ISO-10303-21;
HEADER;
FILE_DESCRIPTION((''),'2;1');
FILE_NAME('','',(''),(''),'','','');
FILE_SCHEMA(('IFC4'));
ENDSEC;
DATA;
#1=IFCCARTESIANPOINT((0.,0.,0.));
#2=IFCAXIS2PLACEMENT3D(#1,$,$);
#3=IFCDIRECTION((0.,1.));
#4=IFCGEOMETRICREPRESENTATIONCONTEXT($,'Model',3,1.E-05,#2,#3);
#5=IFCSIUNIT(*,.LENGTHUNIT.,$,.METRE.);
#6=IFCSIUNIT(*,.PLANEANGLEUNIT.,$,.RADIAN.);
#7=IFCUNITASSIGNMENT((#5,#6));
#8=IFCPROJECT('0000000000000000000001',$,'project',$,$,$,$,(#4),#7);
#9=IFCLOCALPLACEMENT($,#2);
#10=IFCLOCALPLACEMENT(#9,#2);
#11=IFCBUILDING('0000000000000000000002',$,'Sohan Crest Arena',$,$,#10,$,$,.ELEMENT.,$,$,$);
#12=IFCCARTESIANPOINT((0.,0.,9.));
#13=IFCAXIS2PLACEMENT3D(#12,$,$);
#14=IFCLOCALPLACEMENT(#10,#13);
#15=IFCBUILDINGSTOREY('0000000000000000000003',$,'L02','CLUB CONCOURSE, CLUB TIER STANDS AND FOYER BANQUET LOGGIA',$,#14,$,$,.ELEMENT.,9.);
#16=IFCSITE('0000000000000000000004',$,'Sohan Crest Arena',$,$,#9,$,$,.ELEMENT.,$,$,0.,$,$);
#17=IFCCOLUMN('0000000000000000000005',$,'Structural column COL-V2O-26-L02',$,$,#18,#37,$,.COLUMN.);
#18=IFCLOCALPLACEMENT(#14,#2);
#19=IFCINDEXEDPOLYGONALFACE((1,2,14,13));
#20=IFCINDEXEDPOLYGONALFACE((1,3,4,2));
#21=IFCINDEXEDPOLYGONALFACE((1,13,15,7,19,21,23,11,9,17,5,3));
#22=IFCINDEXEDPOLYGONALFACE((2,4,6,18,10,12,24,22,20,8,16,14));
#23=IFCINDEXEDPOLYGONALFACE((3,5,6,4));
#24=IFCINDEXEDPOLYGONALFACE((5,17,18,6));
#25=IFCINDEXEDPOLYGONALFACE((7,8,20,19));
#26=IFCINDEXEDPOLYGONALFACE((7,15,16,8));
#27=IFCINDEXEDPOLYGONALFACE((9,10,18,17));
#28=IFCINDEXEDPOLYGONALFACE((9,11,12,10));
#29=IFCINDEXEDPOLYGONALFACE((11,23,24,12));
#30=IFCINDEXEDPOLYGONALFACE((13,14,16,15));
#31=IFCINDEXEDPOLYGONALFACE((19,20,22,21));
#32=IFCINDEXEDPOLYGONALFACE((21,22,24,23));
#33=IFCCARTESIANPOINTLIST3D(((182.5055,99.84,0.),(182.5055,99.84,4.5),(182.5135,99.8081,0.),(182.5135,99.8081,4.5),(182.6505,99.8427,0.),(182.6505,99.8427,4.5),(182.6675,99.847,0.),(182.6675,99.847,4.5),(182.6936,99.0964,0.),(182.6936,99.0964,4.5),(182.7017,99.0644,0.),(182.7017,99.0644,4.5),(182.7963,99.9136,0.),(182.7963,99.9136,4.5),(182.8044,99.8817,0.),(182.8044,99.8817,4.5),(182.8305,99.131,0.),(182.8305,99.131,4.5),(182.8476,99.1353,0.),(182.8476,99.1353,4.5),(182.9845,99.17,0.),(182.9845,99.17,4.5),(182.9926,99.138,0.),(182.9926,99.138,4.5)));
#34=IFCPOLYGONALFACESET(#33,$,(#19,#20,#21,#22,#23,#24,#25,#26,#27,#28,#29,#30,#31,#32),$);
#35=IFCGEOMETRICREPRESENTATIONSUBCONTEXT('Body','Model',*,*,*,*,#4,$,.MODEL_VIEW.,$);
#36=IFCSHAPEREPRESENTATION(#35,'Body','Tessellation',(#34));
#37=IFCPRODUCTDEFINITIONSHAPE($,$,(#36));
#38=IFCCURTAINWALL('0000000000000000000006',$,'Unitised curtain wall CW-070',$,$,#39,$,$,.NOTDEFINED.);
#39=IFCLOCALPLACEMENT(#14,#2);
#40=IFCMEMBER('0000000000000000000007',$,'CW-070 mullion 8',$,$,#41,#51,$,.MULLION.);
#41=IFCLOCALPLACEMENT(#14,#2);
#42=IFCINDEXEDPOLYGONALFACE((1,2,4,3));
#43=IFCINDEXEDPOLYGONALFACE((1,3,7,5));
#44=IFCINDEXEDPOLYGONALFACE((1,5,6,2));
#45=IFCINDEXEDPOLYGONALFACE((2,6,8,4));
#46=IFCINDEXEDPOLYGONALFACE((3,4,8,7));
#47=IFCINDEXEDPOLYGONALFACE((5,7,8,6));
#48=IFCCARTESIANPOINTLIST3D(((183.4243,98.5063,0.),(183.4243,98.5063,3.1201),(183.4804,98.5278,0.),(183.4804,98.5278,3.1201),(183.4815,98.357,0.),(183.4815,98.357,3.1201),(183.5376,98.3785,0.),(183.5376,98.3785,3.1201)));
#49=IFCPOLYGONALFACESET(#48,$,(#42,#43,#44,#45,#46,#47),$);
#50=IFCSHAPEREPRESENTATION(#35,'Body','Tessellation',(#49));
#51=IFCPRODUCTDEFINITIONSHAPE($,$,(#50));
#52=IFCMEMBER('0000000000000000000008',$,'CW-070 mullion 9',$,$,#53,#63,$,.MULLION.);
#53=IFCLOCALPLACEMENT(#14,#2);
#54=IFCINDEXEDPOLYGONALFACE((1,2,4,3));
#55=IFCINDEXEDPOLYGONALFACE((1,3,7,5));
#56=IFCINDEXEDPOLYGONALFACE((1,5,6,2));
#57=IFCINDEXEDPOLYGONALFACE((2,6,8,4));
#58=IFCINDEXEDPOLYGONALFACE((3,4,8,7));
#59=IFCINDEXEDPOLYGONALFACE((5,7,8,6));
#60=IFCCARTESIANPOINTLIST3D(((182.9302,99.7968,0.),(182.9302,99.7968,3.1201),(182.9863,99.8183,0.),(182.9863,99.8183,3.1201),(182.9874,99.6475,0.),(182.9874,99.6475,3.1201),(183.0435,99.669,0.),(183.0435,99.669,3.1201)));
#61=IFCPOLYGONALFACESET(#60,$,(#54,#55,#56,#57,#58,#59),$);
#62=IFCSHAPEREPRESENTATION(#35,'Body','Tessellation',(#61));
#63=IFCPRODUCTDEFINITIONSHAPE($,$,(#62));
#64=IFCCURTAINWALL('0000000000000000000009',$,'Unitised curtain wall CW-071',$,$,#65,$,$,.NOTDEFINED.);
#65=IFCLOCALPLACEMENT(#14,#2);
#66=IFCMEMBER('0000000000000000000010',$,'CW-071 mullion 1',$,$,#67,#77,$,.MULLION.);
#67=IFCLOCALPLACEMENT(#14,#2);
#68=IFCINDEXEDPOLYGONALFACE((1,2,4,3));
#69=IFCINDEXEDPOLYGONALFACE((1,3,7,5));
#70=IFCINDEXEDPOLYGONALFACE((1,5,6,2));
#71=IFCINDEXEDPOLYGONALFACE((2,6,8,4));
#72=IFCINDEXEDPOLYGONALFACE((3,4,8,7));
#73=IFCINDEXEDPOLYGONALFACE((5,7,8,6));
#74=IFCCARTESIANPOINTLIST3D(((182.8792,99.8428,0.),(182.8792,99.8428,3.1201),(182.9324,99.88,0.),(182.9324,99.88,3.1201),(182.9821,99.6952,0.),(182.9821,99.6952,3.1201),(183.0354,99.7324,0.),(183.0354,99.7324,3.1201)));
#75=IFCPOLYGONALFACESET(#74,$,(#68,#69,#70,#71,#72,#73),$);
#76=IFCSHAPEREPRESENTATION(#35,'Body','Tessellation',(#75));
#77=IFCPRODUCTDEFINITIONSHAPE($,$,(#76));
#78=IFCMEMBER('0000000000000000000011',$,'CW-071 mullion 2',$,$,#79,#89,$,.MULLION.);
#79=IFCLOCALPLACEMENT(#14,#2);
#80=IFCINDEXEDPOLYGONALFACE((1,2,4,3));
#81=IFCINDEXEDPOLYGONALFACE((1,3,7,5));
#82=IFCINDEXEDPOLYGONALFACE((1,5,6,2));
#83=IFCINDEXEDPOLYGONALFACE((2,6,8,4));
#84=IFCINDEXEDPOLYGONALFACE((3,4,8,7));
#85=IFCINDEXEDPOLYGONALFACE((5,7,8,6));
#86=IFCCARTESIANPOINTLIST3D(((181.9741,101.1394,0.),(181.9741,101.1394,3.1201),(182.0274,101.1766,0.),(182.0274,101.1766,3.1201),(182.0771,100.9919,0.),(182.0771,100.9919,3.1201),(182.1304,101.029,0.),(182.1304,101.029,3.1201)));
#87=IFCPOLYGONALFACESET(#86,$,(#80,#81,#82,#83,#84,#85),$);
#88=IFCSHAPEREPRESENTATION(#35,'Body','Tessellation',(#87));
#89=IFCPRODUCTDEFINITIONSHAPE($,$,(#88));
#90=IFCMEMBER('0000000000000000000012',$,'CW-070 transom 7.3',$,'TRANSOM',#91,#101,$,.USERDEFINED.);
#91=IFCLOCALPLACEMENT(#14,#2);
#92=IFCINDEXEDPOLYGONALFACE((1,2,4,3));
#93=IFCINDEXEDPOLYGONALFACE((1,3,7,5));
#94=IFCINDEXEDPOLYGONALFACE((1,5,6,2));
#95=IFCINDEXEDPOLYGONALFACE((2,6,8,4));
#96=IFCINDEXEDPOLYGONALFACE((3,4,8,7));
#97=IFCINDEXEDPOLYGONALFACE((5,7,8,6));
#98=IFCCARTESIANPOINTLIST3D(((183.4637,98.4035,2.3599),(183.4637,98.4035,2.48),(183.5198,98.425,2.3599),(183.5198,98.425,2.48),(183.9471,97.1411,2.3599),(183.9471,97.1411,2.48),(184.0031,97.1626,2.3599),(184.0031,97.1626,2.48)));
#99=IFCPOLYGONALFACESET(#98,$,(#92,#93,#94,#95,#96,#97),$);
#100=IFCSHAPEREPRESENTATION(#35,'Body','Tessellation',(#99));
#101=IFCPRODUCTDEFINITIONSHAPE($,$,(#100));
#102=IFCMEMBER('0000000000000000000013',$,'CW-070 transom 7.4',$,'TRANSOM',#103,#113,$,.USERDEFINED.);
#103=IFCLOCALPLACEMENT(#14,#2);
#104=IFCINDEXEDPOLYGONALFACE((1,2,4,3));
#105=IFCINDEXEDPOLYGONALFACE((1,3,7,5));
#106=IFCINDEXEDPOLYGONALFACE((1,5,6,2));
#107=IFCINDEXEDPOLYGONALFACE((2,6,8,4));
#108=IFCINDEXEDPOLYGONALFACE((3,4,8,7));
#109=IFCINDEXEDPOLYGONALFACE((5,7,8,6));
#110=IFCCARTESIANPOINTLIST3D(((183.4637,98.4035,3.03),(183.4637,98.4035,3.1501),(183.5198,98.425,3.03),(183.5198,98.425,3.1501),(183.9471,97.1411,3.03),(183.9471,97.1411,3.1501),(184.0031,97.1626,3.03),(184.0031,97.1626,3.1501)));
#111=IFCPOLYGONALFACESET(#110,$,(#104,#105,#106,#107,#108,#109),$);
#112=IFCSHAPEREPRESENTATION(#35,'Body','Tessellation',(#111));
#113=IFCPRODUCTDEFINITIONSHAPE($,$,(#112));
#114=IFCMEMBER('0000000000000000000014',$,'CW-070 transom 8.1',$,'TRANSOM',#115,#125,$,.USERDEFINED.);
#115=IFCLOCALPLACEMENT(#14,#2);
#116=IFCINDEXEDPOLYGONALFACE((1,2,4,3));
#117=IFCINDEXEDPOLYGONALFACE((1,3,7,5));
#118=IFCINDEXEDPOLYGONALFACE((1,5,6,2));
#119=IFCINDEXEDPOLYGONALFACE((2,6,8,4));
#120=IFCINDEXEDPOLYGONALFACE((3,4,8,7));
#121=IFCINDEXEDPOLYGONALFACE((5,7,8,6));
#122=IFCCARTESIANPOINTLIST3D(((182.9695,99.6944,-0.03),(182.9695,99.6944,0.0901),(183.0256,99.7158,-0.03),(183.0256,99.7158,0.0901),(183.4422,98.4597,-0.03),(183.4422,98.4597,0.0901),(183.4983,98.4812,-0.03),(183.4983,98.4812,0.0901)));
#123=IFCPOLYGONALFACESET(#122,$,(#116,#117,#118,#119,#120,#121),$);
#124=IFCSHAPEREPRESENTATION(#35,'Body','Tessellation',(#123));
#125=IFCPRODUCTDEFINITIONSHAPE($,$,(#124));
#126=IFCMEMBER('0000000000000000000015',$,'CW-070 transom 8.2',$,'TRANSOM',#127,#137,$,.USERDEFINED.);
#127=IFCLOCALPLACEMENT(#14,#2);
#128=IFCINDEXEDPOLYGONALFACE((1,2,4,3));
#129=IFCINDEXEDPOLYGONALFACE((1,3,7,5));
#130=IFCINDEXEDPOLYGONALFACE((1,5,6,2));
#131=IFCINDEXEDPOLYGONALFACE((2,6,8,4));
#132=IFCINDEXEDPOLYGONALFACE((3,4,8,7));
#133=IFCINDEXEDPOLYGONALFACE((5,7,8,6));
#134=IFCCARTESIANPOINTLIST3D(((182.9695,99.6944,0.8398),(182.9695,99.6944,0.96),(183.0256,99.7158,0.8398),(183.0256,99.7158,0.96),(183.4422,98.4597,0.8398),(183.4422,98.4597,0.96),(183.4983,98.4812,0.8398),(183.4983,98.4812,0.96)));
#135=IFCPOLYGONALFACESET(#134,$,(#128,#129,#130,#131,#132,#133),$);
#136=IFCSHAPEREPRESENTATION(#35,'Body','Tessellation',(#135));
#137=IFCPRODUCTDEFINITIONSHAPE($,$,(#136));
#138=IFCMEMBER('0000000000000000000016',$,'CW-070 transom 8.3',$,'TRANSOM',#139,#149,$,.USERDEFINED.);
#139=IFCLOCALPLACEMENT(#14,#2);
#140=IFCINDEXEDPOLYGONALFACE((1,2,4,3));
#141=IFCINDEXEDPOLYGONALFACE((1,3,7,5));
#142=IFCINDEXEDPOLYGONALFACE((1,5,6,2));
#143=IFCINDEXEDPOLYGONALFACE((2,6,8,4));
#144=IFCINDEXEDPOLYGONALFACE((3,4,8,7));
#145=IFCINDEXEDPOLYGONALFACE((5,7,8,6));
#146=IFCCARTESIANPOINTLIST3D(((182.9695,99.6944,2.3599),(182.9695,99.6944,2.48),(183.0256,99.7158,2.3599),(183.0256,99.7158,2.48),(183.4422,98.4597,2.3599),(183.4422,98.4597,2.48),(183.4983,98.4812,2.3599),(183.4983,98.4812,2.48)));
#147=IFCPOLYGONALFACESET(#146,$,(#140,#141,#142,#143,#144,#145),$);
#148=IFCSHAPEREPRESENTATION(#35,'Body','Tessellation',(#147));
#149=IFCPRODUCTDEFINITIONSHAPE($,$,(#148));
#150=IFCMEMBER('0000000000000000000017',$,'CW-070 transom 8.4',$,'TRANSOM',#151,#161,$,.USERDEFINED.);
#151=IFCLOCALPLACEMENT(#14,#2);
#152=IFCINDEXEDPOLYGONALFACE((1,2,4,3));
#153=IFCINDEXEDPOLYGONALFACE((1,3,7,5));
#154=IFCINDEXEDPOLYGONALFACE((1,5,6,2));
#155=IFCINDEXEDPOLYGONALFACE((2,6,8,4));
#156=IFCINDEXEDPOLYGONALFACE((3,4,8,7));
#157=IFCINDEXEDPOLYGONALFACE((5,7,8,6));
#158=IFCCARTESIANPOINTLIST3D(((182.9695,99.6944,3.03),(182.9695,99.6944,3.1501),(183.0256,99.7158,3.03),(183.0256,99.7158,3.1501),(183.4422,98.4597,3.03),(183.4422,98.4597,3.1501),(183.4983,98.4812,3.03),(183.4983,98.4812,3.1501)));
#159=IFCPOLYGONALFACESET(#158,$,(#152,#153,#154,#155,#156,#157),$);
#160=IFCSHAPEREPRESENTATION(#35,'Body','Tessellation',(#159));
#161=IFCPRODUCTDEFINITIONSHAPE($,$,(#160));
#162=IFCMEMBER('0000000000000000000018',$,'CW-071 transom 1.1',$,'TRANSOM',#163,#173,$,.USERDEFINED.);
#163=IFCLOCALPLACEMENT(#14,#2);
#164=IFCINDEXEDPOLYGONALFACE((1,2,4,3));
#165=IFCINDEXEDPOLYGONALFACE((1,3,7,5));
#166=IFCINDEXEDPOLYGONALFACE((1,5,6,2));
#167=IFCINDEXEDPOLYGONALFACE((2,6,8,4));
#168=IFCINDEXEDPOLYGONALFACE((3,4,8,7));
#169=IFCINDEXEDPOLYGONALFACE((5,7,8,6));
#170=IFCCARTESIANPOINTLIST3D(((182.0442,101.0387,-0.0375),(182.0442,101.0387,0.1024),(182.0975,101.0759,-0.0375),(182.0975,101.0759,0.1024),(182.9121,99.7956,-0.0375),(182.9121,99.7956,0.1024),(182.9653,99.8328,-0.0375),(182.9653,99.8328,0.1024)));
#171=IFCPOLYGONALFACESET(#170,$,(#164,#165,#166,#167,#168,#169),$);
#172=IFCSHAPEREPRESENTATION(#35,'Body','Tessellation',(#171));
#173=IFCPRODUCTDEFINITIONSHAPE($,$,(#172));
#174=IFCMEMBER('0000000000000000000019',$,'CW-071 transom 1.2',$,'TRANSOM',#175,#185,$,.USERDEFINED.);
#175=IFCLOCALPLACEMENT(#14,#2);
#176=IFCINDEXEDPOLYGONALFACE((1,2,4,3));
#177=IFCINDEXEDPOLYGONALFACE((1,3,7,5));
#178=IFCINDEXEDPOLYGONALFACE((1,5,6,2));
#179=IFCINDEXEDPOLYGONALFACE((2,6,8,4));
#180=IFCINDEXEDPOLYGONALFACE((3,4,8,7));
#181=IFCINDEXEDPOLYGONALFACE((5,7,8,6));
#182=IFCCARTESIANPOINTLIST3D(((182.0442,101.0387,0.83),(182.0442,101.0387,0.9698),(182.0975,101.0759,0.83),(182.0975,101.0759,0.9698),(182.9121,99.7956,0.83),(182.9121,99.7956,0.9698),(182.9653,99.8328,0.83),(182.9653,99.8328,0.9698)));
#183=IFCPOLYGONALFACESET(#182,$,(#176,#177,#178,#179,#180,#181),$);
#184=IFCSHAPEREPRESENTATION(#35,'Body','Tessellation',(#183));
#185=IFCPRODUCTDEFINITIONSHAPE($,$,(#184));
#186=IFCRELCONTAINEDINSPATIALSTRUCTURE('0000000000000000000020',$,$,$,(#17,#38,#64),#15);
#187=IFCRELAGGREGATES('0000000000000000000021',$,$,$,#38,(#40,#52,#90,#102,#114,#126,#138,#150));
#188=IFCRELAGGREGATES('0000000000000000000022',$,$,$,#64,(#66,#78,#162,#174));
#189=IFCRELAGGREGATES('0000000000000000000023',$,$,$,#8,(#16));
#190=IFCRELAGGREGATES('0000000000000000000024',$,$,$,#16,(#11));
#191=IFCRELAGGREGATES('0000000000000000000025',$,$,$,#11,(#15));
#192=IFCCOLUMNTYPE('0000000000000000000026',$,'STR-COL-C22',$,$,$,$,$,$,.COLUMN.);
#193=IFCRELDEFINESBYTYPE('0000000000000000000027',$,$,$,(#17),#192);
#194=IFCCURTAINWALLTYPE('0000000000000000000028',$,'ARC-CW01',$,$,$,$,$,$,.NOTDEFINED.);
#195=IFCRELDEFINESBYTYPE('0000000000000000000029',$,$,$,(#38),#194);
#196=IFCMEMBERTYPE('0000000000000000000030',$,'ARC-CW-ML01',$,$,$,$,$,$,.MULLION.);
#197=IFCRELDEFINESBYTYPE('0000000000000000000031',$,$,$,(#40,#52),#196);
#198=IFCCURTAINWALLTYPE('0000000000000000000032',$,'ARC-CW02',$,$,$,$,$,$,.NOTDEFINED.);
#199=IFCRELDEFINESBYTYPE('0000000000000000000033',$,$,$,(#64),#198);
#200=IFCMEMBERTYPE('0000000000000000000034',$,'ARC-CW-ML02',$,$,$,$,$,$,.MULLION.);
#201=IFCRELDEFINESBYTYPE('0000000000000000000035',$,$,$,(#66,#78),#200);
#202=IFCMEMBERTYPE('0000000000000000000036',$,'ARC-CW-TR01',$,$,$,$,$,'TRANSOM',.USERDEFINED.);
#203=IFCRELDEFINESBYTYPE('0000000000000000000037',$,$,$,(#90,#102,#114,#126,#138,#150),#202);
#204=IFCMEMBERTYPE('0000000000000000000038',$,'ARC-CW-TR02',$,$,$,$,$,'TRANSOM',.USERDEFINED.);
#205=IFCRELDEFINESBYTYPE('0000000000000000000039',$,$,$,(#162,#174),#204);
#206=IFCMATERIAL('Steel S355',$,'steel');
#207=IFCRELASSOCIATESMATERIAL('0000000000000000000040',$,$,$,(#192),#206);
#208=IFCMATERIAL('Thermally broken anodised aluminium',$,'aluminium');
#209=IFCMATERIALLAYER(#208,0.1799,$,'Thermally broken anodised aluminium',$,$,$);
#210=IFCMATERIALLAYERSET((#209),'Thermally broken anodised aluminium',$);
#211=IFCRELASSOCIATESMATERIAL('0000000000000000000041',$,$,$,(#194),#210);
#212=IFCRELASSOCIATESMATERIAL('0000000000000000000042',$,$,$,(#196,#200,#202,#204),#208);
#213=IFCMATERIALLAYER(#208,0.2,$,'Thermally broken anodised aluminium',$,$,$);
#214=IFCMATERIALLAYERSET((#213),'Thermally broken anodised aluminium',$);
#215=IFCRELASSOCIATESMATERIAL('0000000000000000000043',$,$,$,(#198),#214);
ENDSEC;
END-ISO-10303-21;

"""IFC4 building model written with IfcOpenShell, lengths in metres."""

from ifc_helpers import new_model, si_unit, direction, frame, origin, origin_2d, place, context, subcontext, project, spatial, rectangle, i_section, extrude, material, layer, layer_set, material_profile, profile_set, type_object, element, aggregate, save


model = new_model("IFC4")

# Units and contexts
model_context = context("Model", 3, precision=1e-05, world=origin(), true_north=direction((0.0, 1.0)))
body_context = subcontext(model_context, "Body", "Model", "MODEL_VIEW")
ifc_project = project(units=[si_unit("LENGTHUNIT", "METRE"), si_unit("PLANEANGLEUNIT", "RADIAN")], contexts=[model_context])

# Site, building, storey
site_placement = place(None, origin())
site = spatial("IfcSite", under=ifc_project, at=site_placement, Name="Sohan Crest Arena", CompositionType="ELEMENT", RefElevation=0.0)
building_placement = place(site_placement, origin())
building = spatial("IfcBuilding", under=site, at=building_placement, Name="Sohan Crest Arena", CompositionType="ELEMENT")
storey_placement = place(building_placement, frame((0.0, 0.0, 9.0)))
storey = spatial("IfcBuildingStorey", under=building, at=storey_placement, Name="L02", Description="CLUB CONCOURSE, CLUB TIER STANDS AND FOYER BANQUET LOGGIA", CompositionType="ELEMENT", Elevation=9.0)

# Column
ifc_material_1 = material(Name="Steel S355", Category="steel")
ifc_material_profile_1 = material_profile(ifc_material_1, i_section(OverallWidth=0.3, OverallDepth=0.8, WebThickness=0.0176, FlangeThickness=0.033, at=origin_2d()), Name="HEB 800")
ifc_profile_set_1 = profile_set([ifc_material_profile_1], Name="Steel S355")
column_type = type_object("IfcColumnType", Name="STR-COL-C22", PredefinedType="COLUMN", material=ifc_profile_set_1)
column_placement = place(storey_placement, frame((182.749, 99.489, 0.0), z_axis=(0.0, 0.0, 1.0), x_axis=(0.969445, 0.245307, 0.0)))
element("IfcColumn", 1, at=column_placement, inside=storey, type_object=column_type, Name="Structural column COL-V2O-26-L02", PredefinedType="COLUMN", context=body_context, shape_type="SweptSolid", body=[
    extrude(i_section(OverallWidth=0.3, OverallDepth=0.8, WebThickness=0.0176, FlangeThickness=0.033, at=origin_2d()), origin(), (0.0, 0.0, 1.0), 4.5),
])

# Curtain walls, members
ifc_material_2 = material(Name="Thermally broken anodised aluminium", Category="aluminium")
ifc_layer_1 = layer(ifc_material_2, 0.1799, Name="Thermally broken anodised aluminium")
ifc_layer_set_1 = layer_set([ifc_layer_1], Name="Thermally broken anodised aluminium")
curtain_wall_type_1 = type_object("IfcCurtainWallType", Name="ARC-CW01", PredefinedType="NOTDEFINED", material=ifc_layer_set_1)
curtain_wall_1_placement = place(storey_placement, origin())
curtain_wall_1 = element("IfcCurtainWall", 2, at=curtain_wall_1_placement, inside=storey, type_object=curtain_wall_type_1, Name="Unitised curtain wall CW-070", PredefinedType="NOTDEFINED")
ifc_material_profile_2 = material_profile(ifc_material_2, rectangle(XDim=0.0601, YDim=0.1599, at=origin_2d()), Name="ALU-MULL 60x160")
ifc_profile_set_2 = profile_set([ifc_material_profile_2], Name="Thermally broken anodised aluminium")
member_type_1 = type_object("IfcMemberType", Name="ARC-CW-ML01", PredefinedType="MULLION", material=ifc_profile_set_2)
member_1_placement = place(storey_placement, frame((183.481, 98.4424, 0.0), z_axis=(0.0, 0.0, 1.0), x_axis=(-0.933888, -0.357567, 0.0)))
member_1 = element("IfcMember", 3, at=member_1_placement, type_object=member_type_1, Name="CW-070 mullion 8", PredefinedType="MULLION", context=body_context, shape_type="SweptSolid", body=[
    extrude(rectangle(XDim=0.0601, YDim=0.1599, at=origin_2d()), origin(), (0.0, 0.0, 1.0), 3.1201),
])
member_2_placement = place(storey_placement, frame((182.9868, 99.7329, 0.0), z_axis=(0.0, 0.0, 1.0), x_axis=(-0.933888, -0.357567, 0.0)))
member_2 = element("IfcMember", 4, at=member_2_placement, type_object=member_type_1, Name="CW-070 mullion 9", PredefinedType="MULLION", context=body_context, shape_type="SweptSolid", body=[
    extrude(rectangle(XDim=0.0601, YDim=0.1599, at=origin_2d()), origin(), (0.0, 0.0, 1.0), 3.1201),
])
ifc_layer_2 = layer(ifc_material_2, 0.2, Name="Thermally broken anodised aluminium")
ifc_layer_set_2 = layer_set([ifc_layer_2], Name="Thermally broken anodised aluminium")
curtain_wall_type_2 = type_object("IfcCurtainWallType", Name="ARC-CW02", PredefinedType="NOTDEFINED", material=ifc_layer_set_2)
curtain_wall_2_placement = place(storey_placement, origin())
curtain_wall_2 = element("IfcCurtainWall", 5, at=curtain_wall_2_placement, inside=storey, type_object=curtain_wall_type_2, Name="Unitised curtain wall CW-071", PredefinedType="NOTDEFINED")
ifc_material_profile_3 = material_profile(ifc_material_2, rectangle(XDim=0.0649, YDim=0.1799, at=origin_2d()), Name="ALU-MULL 65x180")
ifc_profile_set_3 = profile_set([ifc_material_profile_3], Name="Thermally broken anodised aluminium")
member_type_2 = type_object("IfcMemberType", Name="ARC-CW-ML02", PredefinedType="MULLION", material=ifc_profile_set_3)
member_3_placement = place(storey_placement, frame((182.9573, 99.7876, 0.0), z_axis=(0.0, 0.0, 1.0), x_axis=(-0.819955, -0.572428, 0.0)))
member_3 = element("IfcMember", 6, at=member_3_placement, type_object=member_type_2, Name="CW-071 mullion 1", PredefinedType="MULLION", context=body_context, shape_type="SweptSolid", body=[
    extrude(rectangle(XDim=0.0649, YDim=0.1799, at=origin_2d()), origin(), (0.0, 0.0, 1.0), 3.1201),
])
member_4_placement = place(storey_placement, frame((182.0522, 101.0842, 0.0), z_axis=(0.0, 0.0, 1.0), x_axis=(-0.819955, -0.572428, 0.0)))
member_4 = element("IfcMember", 7, at=member_4_placement, type_object=member_type_2, Name="CW-071 mullion 2", PredefinedType="MULLION", context=body_context, shape_type="SweptSolid", body=[
    extrude(rectangle(XDim=0.0649, YDim=0.1799, at=origin_2d()), origin(), (0.0, 0.0, 1.0), 3.1201),
])

# Members
ifc_material_profile_4 = material_profile(ifc_material_2, rectangle(XDim=0.0601, YDim=0.1201, at=origin_2d()), Name="ALU-TRAN 60x120")
ifc_profile_set_4 = profile_set([ifc_material_profile_4], Name="Thermally broken anodised aluminium")
member_type_3 = type_object("IfcMemberType", Name="ARC-CW-TR01", ElementType="TRANSOM", PredefinedType="USERDEFINED", material=ifc_profile_set_4)
member_5_placement = place(storey_placement, frame((183.9751, 97.1519, 2.4199), z_axis=(-0.357587, 0.93388, 0.0), x_axis=(-0.93388, -0.357587, 0.0)))
member_5 = element("IfcMember", 8, at=member_5_placement, type_object=member_type_3, Name="CW-070 transom 7.3", ObjectType="TRANSOM", PredefinedType="USERDEFINED", context=body_context, shape_type="SweptSolid", body=[
    extrude(rectangle(XDim=0.0601, YDim=0.1201, at=origin_2d()), origin(), (0.0, 0.0, 1.0), 1.3518),
])
member_6_placement = place(storey_placement, frame((183.9751, 97.1519, 3.0901), z_axis=(-0.357587, 0.93388, 0.0), x_axis=(-0.93388, -0.357587, 0.0)))
member_6 = element("IfcMember", 9, at=member_6_placement, type_object=member_type_3, Name="CW-070 transom 7.4", ObjectType="TRANSOM", PredefinedType="USERDEFINED", context=body_context, shape_type="SweptSolid", body=[
    extrude(rectangle(XDim=0.0601, YDim=0.1201, at=origin_2d()), origin(), (0.0, 0.0, 1.0), 1.3518),
])
member_7_placement = place(storey_placement, frame((183.4702, 98.4705, 0.03), z_axis=(-0.357531, 0.933901, 0.0), x_axis=(-0.933901, -0.357531, 0.0)))
member_7 = element("IfcMember", 10, at=member_7_placement, type_object=member_type_3, Name="CW-070 transom 8.1", ObjectType="TRANSOM", PredefinedType="USERDEFINED", context=body_context, shape_type="SweptSolid", body=[
    extrude(rectangle(XDim=0.0601, YDim=0.1201, at=origin_2d()), origin(), (0.0, 0.0, 1.0), 1.322),
])
member_8_placement = place(storey_placement, frame((183.4702, 98.4705, 0.8999), z_axis=(-0.357531, 0.933901, 0.0), x_axis=(-0.933901, -0.357531, 0.0)))
member_8 = element("IfcMember", 11, at=member_8_placement, type_object=member_type_3, Name="CW-070 transom 8.2", ObjectType="TRANSOM", PredefinedType="USERDEFINED", context=body_context, shape_type="SweptSolid", body=[
    extrude(rectangle(XDim=0.0601, YDim=0.1201, at=origin_2d()), origin(), (0.0, 0.0, 1.0), 1.322),
])
member_9_placement = place(storey_placement, frame((183.4702, 98.4705, 2.4199), z_axis=(-0.357531, 0.933901, 0.0), x_axis=(-0.933901, -0.357531, 0.0)))
member_9 = element("IfcMember", 12, at=member_9_placement, type_object=member_type_3, Name="CW-070 transom 8.3", ObjectType="TRANSOM", PredefinedType="USERDEFINED", context=body_context, shape_type="SweptSolid", body=[
    extrude(rectangle(XDim=0.0601, YDim=0.1201, at=origin_2d()), origin(), (0.0, 0.0, 1.0), 1.322),
])
member_10_placement = place(storey_placement, frame((183.4702, 98.4705, 3.0901), z_axis=(-0.357531, 0.933901, 0.0), x_axis=(-0.933901, -0.357531, 0.0)))
member_10 = element("IfcMember", 13, at=member_10_placement, type_object=member_type_3, Name="CW-070 transom 8.4", ObjectType="TRANSOM", PredefinedType="USERDEFINED", context=body_context, shape_type="SweptSolid", body=[
    extrude(rectangle(XDim=0.0601, YDim=0.1201, at=origin_2d()), origin(), (0.0, 0.0, 1.0), 1.322),
])
ifc_material_profile_5 = material_profile(ifc_material_2, rectangle(XDim=0.0649, YDim=0.1399, at=origin_2d()), Name="ALU-TRAN 65x140")
ifc_profile_set_5 = profile_set([ifc_material_profile_5], Name="Thermally broken anodised aluminium")
member_type_4 = type_object("IfcMemberType", Name="ARC-CW-TR02", ElementType="TRANSOM", PredefinedType="USERDEFINED", material=ifc_profile_set_5)
member_11_placement = place(storey_placement, frame((182.9387, 99.8142, 0.0325), z_axis=(-0.572446, 0.819942, 0.0), x_axis=(-0.819942, -0.572446, 0.0)))
member_11 = element("IfcMember", 14, at=member_11_placement, type_object=member_type_4, Name="CW-071 transom 1.1", ObjectType="TRANSOM", PredefinedType="USERDEFINED", context=body_context, shape_type="SweptSolid", body=[
    extrude(rectangle(XDim=0.0649, YDim=0.1399, at=origin_2d()), origin(), (0.0, 0.0, 1.0), 1.5161),
])
member_12_placement = place(storey_placement, frame((182.9387, 99.8142, 0.8999), z_axis=(-0.572446, 0.819942, 0.0), x_axis=(-0.819942, -0.572446, 0.0)))
member_12 = element("IfcMember", 15, at=member_12_placement, type_object=member_type_4, Name="CW-071 transom 1.2", ObjectType="TRANSOM", PredefinedType="USERDEFINED", context=body_context, shape_type="SweptSolid", body=[
    extrude(rectangle(XDim=0.0649, YDim=0.1399, at=origin_2d()), origin(), (0.0, 0.0, 1.0), 1.5161),
])

aggregate(curtain_wall_1, [member_1, member_2, member_5, member_6, member_7, member_8, member_9, member_10])
aggregate(curtain_wall_2, [member_3, member_4, member_11, member_12])

save(model, "model.ifc")
